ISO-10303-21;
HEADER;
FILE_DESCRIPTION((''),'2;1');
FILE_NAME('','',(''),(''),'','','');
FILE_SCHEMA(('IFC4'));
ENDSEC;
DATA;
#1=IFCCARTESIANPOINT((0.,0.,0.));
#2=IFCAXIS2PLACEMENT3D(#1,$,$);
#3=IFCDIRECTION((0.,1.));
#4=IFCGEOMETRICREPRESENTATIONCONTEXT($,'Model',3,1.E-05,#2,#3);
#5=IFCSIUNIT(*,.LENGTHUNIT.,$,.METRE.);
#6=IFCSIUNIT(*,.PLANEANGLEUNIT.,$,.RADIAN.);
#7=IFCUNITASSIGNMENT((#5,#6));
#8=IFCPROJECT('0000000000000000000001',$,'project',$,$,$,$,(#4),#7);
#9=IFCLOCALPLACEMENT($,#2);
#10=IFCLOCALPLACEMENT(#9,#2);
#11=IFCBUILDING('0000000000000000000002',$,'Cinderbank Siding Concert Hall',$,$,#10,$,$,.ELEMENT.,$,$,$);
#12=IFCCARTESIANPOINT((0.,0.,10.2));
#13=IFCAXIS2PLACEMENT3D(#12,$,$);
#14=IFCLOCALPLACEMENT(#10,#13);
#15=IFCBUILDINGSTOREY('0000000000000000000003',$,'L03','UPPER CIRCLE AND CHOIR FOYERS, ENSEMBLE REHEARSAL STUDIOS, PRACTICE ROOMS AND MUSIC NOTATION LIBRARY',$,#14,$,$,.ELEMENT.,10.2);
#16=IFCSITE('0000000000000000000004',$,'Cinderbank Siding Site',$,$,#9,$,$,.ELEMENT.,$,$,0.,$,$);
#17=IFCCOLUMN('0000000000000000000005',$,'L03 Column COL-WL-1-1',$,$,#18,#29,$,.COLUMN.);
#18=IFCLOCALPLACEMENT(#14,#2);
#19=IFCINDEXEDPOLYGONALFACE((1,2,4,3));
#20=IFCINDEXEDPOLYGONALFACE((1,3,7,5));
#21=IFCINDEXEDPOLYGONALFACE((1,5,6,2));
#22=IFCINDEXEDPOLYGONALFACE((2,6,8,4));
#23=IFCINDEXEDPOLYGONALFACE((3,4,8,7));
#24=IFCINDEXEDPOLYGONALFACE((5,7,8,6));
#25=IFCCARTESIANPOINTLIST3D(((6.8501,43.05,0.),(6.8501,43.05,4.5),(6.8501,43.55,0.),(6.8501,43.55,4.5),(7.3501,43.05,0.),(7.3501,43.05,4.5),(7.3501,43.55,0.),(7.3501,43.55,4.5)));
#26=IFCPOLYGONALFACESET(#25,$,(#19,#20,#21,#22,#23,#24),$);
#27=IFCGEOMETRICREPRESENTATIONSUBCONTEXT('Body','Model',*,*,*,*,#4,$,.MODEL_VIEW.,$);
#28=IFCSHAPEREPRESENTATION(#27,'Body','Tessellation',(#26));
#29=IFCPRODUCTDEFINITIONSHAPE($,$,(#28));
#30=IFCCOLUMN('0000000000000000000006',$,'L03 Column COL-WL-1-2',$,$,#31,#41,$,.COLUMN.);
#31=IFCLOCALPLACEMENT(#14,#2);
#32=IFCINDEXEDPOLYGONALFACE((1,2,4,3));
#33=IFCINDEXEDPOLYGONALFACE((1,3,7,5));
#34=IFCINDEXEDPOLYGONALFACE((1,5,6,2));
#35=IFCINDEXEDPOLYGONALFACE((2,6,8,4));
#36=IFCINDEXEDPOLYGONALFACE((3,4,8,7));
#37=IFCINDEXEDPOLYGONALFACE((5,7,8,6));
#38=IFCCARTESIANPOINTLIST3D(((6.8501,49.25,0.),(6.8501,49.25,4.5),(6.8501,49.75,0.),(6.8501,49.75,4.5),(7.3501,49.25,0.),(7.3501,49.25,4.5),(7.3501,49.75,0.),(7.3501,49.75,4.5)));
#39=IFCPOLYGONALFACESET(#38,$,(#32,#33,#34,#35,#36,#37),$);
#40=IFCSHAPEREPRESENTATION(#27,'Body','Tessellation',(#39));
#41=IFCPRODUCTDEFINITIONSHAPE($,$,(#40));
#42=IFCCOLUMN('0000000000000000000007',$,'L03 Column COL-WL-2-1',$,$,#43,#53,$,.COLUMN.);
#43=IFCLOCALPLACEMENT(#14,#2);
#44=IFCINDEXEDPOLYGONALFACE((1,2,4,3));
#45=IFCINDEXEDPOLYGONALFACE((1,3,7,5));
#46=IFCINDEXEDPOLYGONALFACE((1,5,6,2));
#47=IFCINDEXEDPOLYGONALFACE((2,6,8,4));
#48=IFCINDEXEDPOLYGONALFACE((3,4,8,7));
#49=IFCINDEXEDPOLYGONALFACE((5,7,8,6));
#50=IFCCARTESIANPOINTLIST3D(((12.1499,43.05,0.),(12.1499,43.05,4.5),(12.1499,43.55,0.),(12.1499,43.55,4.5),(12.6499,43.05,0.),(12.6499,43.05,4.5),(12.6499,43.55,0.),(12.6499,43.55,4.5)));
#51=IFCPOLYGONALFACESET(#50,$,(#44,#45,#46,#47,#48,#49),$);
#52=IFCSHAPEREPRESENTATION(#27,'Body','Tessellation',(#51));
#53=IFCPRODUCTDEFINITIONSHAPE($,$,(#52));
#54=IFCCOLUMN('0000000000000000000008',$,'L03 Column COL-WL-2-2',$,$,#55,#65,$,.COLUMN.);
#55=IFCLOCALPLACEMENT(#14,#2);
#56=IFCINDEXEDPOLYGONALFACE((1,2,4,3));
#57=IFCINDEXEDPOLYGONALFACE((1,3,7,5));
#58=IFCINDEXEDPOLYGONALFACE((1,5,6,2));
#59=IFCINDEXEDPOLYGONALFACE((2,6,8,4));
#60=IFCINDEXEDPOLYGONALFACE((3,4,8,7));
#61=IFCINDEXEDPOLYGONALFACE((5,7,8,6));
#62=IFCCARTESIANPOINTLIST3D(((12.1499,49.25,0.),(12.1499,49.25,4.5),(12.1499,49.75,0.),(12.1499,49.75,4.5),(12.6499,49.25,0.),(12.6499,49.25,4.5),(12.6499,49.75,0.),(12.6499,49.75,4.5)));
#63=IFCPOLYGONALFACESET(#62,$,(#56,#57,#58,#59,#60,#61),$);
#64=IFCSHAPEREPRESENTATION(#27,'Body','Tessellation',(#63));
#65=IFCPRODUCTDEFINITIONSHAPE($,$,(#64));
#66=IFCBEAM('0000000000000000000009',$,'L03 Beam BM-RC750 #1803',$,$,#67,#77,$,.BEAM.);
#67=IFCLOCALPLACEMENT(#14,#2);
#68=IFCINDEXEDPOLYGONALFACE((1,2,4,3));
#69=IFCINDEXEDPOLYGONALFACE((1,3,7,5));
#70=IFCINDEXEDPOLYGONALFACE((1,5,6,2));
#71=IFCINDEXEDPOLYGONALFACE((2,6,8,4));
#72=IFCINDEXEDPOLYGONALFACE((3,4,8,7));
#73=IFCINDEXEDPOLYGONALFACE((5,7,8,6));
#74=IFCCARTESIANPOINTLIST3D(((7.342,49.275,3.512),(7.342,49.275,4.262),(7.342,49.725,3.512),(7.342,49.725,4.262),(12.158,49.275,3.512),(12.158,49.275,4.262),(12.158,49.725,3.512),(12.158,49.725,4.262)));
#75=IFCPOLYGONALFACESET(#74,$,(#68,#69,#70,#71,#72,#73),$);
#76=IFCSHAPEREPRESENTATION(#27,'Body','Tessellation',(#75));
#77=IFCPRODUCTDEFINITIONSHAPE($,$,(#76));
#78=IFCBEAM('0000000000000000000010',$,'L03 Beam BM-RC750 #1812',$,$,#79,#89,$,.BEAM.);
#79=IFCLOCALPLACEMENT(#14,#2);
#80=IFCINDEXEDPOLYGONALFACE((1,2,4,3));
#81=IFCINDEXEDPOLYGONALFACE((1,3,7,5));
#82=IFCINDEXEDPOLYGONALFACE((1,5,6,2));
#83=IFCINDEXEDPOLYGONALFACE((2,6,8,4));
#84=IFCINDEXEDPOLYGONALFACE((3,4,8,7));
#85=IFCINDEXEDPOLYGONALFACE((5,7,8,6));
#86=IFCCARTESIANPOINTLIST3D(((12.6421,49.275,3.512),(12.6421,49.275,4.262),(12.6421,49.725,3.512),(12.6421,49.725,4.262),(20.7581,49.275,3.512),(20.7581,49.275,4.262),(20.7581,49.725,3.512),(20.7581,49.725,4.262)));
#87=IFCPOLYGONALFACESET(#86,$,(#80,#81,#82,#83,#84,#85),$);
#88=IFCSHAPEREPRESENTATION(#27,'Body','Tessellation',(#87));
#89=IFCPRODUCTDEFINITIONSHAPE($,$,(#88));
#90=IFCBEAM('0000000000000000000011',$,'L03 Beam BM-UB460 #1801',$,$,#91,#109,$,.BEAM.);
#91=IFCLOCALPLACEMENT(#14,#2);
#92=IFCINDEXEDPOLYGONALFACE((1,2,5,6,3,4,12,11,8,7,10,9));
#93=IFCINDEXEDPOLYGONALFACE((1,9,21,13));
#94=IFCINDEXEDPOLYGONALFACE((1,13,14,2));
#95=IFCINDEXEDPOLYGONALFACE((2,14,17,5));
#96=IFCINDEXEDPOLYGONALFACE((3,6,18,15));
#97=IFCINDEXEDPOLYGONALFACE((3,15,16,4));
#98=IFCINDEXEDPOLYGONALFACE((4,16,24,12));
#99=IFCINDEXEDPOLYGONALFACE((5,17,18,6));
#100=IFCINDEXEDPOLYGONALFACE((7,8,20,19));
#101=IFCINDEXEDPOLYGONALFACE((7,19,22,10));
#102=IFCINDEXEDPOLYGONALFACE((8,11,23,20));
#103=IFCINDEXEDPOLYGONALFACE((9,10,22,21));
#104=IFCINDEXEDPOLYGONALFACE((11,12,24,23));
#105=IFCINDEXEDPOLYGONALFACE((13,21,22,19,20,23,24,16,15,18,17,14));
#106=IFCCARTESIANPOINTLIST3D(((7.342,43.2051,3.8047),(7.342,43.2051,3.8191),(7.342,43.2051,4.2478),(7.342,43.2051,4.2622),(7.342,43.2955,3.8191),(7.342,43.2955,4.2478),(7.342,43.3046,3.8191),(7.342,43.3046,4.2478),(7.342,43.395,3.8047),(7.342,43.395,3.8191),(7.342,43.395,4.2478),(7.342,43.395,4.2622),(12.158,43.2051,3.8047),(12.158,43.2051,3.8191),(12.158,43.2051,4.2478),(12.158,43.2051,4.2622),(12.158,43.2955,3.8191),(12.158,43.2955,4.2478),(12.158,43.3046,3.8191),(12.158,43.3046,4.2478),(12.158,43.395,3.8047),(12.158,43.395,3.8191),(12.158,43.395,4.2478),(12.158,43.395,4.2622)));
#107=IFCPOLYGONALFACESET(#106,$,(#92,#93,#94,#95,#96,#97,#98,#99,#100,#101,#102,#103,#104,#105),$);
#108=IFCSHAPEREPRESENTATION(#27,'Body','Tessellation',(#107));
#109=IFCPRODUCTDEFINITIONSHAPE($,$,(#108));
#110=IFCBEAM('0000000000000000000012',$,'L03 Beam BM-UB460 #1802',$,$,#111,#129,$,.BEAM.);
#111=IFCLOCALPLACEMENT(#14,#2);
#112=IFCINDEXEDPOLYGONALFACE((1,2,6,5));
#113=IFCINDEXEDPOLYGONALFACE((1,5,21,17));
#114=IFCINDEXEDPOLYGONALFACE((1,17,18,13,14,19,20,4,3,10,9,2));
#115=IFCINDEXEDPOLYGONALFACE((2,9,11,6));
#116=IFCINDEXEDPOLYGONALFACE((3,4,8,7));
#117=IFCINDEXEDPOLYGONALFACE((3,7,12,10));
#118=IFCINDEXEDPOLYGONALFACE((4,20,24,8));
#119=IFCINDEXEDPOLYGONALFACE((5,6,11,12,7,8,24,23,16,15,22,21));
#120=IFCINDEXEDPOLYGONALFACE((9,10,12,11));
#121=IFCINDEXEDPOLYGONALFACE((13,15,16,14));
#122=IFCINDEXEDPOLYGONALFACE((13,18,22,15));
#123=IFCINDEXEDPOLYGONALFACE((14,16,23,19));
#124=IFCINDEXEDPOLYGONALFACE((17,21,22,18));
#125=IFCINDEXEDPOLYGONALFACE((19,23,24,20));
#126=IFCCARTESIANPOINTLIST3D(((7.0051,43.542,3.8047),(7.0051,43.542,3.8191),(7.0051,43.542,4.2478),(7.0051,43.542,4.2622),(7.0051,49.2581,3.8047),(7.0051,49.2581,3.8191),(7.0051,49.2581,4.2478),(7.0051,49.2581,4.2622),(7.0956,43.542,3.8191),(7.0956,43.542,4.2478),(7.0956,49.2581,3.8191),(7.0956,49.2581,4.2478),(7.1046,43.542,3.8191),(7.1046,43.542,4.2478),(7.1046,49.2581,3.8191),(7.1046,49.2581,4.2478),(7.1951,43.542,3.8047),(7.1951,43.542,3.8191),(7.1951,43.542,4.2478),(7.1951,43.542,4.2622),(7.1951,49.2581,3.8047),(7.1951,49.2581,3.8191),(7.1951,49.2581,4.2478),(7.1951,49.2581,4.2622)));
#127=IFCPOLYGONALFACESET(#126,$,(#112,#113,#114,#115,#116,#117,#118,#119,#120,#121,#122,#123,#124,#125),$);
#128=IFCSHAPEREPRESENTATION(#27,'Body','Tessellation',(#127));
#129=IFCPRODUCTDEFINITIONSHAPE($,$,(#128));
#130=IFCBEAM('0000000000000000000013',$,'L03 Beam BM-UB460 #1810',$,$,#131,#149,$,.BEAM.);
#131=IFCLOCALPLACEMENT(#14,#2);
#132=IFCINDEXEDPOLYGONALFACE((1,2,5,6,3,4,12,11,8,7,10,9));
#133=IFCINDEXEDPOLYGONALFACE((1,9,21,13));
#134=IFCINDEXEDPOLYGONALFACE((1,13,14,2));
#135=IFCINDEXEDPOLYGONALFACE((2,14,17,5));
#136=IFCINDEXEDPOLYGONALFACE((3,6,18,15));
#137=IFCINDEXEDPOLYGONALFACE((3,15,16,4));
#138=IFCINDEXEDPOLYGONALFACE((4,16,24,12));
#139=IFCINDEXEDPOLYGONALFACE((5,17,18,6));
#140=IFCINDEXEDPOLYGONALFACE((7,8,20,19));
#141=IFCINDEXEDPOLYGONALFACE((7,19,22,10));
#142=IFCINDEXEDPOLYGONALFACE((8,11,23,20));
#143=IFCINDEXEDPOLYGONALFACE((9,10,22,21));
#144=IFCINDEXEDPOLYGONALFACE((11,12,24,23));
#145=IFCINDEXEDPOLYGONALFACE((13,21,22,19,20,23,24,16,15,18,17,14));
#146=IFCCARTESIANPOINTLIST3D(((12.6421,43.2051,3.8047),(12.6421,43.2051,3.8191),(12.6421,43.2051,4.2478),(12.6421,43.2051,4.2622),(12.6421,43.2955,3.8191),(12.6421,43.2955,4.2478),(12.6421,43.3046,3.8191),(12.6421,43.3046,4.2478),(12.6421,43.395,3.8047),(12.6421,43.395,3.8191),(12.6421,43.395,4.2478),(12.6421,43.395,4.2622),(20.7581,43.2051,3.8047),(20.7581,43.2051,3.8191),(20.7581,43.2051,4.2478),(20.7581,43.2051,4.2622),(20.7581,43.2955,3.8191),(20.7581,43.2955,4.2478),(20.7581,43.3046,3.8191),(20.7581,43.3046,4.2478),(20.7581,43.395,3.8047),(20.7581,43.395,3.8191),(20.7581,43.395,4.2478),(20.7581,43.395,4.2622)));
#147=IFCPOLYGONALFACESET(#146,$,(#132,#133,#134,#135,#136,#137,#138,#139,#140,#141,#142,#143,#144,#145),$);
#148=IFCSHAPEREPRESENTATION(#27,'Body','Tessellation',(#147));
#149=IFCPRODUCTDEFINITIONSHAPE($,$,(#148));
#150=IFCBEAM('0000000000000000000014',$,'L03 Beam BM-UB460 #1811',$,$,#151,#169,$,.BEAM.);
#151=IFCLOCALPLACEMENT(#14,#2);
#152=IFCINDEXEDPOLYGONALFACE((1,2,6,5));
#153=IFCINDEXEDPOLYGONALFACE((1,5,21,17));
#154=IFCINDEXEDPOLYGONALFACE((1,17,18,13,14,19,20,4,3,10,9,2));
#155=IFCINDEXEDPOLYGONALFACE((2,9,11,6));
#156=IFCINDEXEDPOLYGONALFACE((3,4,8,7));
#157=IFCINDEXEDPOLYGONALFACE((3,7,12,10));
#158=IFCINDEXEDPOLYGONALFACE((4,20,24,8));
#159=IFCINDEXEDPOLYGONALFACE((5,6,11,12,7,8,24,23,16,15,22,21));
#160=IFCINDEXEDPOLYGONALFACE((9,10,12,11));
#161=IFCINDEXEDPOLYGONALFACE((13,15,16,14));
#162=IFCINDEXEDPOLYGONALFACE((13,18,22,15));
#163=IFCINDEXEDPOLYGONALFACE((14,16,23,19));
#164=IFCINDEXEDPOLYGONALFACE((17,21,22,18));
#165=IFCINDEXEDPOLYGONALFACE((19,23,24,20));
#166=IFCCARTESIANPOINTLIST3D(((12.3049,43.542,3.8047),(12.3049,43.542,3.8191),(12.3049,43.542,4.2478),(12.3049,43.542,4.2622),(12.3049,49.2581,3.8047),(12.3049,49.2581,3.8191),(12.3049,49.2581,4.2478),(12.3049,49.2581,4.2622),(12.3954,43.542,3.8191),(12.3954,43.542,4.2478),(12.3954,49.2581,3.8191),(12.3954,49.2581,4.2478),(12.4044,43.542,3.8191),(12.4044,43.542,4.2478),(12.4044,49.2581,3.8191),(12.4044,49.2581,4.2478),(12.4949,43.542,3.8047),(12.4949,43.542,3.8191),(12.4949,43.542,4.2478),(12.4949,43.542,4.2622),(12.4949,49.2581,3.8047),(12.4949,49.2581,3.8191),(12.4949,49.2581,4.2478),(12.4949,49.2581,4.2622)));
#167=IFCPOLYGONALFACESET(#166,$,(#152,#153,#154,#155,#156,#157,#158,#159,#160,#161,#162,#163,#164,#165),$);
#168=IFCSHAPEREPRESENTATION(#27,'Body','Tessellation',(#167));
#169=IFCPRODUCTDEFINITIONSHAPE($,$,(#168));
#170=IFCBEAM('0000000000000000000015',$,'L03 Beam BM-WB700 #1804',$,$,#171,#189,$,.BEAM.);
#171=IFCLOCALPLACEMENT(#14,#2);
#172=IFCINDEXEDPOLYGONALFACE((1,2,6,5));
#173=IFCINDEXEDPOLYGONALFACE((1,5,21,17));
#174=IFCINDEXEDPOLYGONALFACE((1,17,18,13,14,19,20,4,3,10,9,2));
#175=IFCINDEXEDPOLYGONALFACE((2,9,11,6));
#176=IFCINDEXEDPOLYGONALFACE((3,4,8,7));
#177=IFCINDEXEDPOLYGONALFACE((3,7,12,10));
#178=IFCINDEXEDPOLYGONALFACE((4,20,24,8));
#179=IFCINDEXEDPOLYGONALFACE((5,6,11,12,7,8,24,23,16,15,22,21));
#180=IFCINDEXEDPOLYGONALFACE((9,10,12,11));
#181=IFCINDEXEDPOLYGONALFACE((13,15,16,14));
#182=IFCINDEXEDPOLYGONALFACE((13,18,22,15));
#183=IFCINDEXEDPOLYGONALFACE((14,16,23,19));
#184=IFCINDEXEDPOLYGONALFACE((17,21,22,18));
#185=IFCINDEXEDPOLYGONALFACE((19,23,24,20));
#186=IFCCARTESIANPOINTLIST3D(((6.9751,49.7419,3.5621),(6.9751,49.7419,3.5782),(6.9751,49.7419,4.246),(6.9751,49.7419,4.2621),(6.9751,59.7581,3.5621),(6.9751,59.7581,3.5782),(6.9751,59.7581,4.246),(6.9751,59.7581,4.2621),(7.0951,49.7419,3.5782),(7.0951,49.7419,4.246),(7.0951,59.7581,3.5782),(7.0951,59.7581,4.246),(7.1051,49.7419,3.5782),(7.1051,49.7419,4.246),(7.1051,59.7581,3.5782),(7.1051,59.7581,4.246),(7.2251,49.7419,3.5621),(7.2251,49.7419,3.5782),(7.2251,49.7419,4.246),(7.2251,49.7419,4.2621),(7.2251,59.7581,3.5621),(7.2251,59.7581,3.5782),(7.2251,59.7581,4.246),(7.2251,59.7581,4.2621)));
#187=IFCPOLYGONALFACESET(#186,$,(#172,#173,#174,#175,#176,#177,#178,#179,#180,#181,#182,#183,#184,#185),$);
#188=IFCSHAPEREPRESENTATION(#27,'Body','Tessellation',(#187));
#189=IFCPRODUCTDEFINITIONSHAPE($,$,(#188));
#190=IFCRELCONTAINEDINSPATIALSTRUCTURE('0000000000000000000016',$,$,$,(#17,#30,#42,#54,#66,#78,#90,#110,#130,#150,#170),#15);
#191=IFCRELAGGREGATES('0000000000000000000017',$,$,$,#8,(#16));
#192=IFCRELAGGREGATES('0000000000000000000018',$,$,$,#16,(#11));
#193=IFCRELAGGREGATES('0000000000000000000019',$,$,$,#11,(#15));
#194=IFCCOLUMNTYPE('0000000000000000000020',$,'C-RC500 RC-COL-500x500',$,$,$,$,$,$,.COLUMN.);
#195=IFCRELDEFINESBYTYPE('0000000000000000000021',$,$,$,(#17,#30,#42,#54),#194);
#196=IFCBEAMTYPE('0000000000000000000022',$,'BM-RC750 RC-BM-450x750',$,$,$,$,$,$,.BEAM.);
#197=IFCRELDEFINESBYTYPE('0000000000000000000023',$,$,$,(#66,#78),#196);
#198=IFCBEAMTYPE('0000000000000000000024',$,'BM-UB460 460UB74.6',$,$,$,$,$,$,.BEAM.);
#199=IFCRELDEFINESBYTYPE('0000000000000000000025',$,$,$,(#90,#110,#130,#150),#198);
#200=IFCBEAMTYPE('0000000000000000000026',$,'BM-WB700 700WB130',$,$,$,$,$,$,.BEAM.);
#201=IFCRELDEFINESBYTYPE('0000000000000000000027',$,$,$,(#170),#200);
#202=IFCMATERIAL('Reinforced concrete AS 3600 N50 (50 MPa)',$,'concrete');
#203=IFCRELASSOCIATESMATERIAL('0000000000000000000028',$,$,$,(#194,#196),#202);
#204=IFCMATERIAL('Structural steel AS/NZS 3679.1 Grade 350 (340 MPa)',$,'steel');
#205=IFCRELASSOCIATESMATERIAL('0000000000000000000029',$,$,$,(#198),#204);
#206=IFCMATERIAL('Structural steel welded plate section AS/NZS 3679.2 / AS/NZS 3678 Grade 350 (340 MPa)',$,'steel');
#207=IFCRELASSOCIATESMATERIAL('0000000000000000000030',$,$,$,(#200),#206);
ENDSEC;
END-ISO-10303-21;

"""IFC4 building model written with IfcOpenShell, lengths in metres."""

from ifc_helpers import new_model, si_unit, direction, frame, origin, origin_2d, place, context, subcontext, project, spatial, rectangle, i_section, extrude, material, material_profile, profile_set, type_object, element, save


model = new_model("IFC4")

# Units and contexts
model_context = context("Model", 3, precision=1e-05, world=origin(), true_north=direction((0.0, 1.0)))
body_context = subcontext(model_context, "Body", "Model", "MODEL_VIEW")
ifc_project = project(units=[si_unit("LENGTHUNIT", "METRE"), si_unit("PLANEANGLEUNIT", "RADIAN")], contexts=[model_context])

# Site, building, storey
site_placement = place(None, origin())
site = spatial("IfcSite", under=ifc_project, at=site_placement, Name="Cinderbank Siding Site", CompositionType="ELEMENT", RefElevation=0.0)
building_placement = place(site_placement, origin())
building = spatial("IfcBuilding", under=site, at=building_placement, Name="Cinderbank Siding Concert Hall", CompositionType="ELEMENT")
storey_placement = place(building_placement, frame((0.0, 0.0, 10.2)))
storey = spatial("IfcBuildingStorey", under=building, at=storey_placement, Name="L03", Description="UPPER CIRCLE AND CHOIR FOYERS, ENSEMBLE REHEARSAL STUDIOS, PRACTICE ROOMS AND MUSIC NOTATION LIBRARY", CompositionType="ELEMENT", Elevation=10.2)

# Columns
ifc_material_1 = material(Name="Reinforced concrete AS 3600 N50 (50 MPa)", Category="concrete")
ifc_material_profile_1 = material_profile(ifc_material_1, rectangle(XDim=0.5, YDim=0.5, at=origin_2d()), Name="RC-COL-500x500", Category="LoadBearing")
ifc_profile_set_1 = profile_set([ifc_material_profile_1], Name="Reinforced concrete AS 3600 N50 (50 MPa)")
column_type = type_object("IfcColumnType", Name="C-RC500 RC-COL-500x500", PredefinedType="COLUMN", material=ifc_profile_set_1)
for number, where, z_axis, x_axis, name in (
    (1, (7.1001, 43.3, 0.0), (0.0, 0.0, 1.0), (1.0, 0.0, 0.0), "L03 Column COL-WL-1-1"),
    (2, (7.1001, 49.5, 0.0), (0.0, 0.0, 1.0), (1.0, 0.0, 0.0), "L03 Column COL-WL-1-2"),
    (3, (12.3999, 43.3, 0.0), (0.0, 0.0, 1.0), (1.0, 0.0, 0.0), "L03 Column COL-WL-2-1"),
    (4, (12.3999, 49.5, 0.0), (0.0, 0.0, 1.0), (1.0, 0.0, 0.0), "L03 Column COL-WL-2-2"),
):
    element("IfcColumn", number, at=place(storey_placement, frame(where, z_axis=z_axis, x_axis=x_axis)), inside=storey, type_object=column_type, Name=name, PredefinedType="COLUMN", context=body_context, shape_type="SweptSolid", body=[
        extrude(rectangle(XDim=0.5, YDim=0.5, at=origin_2d()), origin(), (0.0, 0.0, 1.0), 4.5),
    ])

# Beams
ifc_material_profile_2 = material_profile(ifc_material_1, rectangle(XDim=0.45, YDim=0.75, at=origin_2d()), Name="RC-BM-450x750", Category="LoadBearing")
ifc_profile_set_2 = profile_set([ifc_material_profile_2], Name="Reinforced concrete AS 3600 N50 (50 MPa)")
beam_type_1 = type_object("IfcBeamType", Name="BM-RC750 RC-BM-450x750", PredefinedType="BEAM", material=ifc_profile_set_2)
beam_1_placement = place(storey_placement, frame((7.342, 49.5, 3.887), z_axis=(1.0, 0.0, 0.0), x_axis=(0.0, 1.0, 0.0)))
element("IfcBeam", 5, at=beam_1_placement, inside=storey, type_object=beam_type_1, Name="L03 Beam BM-RC750 #1803", PredefinedType="BEAM", context=body_context, shape_type="SweptSolid", body=[
    extrude(rectangle(XDim=0.45, YDim=0.75, at=origin_2d()), origin(), (0.0, 0.0, 1.0), 4.8159),
])
beam_2_placement = place(storey_placement, frame((12.6421, 49.5, 3.887), z_axis=(1.0, 0.0, 0.0), x_axis=(0.0, 1.0, 0.0)))
element("IfcBeam", 6, at=beam_2_placement, inside=storey, type_object=beam_type_1, Name="L03 Beam BM-RC750 #1812", PredefinedType="BEAM", context=body_context, shape_type="SweptSolid", body=[
    extrude(rectangle(XDim=0.45, YDim=0.75, at=origin_2d()), origin(), (0.0, 0.0, 1.0), 8.116),
])
ifc_material_2 = material(Name="Structural steel AS/NZS 3679.1 Grade 350 (340 MPa)", Category="steel")
ifc_material_profile_3 = material_profile(ifc_material_2, i_section(OverallWidth=0.1899, OverallDepth=0.4575, WebThickness=0.009, FlangeThickness=0.0144, at=origin_2d()), Name="460UB74.6", Category="LoadBearing")
ifc_profile_set_3 = profile_set([ifc_material_profile_3], Name="Structural steel AS/NZS 3679.1 Grade 350 (340 MPa)")
beam_type_2 = type_object("IfcBeamType", Name="BM-UB460 460UB74.6", PredefinedType="BEAM", material=ifc_profile_set_3)
beam_3_placement = place(storey_placement, frame((7.342, 43.3, 4.0334), z_axis=(1.0, 0.0, 0.0), x_axis=(0.0, 1.0, 0.0)))
element("IfcBeam", 7, at=beam_3_placement, inside=storey, type_object=beam_type_2, Name="L03 Beam BM-UB460 #1801", PredefinedType="BEAM", context=body_context, shape_type="SweptSolid", body=[
    extrude(i_section(OverallWidth=0.1899, OverallDepth=0.4575, WebThickness=0.009, FlangeThickness=0.0144, at=origin_2d()), origin(), (0.0, 0.0, 1.0), 4.8159),
])
beam_4_placement = place(storey_placement, frame((7.1001, 43.542, 4.0334), z_axis=(0.0, 1.0, 0.0), x_axis=(-1.0, 0.0, 0.0)))
element("IfcBeam", 8, at=beam_4_placement, inside=storey, type_object=beam_type_2, Name="L03 Beam BM-UB460 #1802", PredefinedType="BEAM", context=body_context, shape_type="SweptSolid", body=[
    extrude(i_section(OverallWidth=0.1899, OverallDepth=0.4575, WebThickness=0.009, FlangeThickness=0.0144, at=origin_2d()), origin(), (0.0, 0.0, 1.0), 5.7161),
])
beam_5_placement = place(storey_placement, frame((12.6421, 43.3, 4.0334), z_axis=(1.0, 0.0, 0.0), x_axis=(0.0, 1.0, 0.0)))
element("IfcBeam", 9, at=beam_5_placement, inside=storey, type_object=beam_type_2, Name="L03 Beam BM-UB460 #1810", PredefinedType="BEAM", context=body_context, shape_type="SweptSolid", body=[
    extrude(i_section(OverallWidth=0.1899, OverallDepth=0.4575, WebThickness=0.009, FlangeThickness=0.0144, at=origin_2d()), origin(), (0.0, 0.0, 1.0), 8.116),
])
beam_6_placement = place(storey_placement, frame((12.3999, 43.542, 4.0334), z_axis=(0.0, 1.0, 0.0), x_axis=(-1.0, 0.0, 0.0)))
element("IfcBeam", 10, at=beam_6_placement, inside=storey, type_object=beam_type_2, Name="L03 Beam BM-UB460 #1811", PredefinedType="BEAM", context=body_context, shape_type="SweptSolid", body=[
    extrude(i_section(OverallWidth=0.1899, OverallDepth=0.4575, WebThickness=0.009, FlangeThickness=0.0144, at=origin_2d()), origin(), (0.0, 0.0, 1.0), 5.7161),
])
ifc_material_3 = material(Name="Structural steel welded plate section AS/NZS 3679.2 / AS/NZS 3678 Grade 350 (340 MPa)", Category="steel")
ifc_material_profile_4 = material_profile(ifc_material_3, i_section(OverallWidth=0.25, OverallDepth=0.7, WebThickness=0.01, FlangeThickness=0.0161, at=origin_2d()), Name="700WB130", Category="LoadBearing")
ifc_profile_set_4 = profile_set([ifc_material_profile_4], Name="Structural steel welded plate section AS/NZS 3679.2 / AS/NZS 3678 Grade 350 (340 MPa)")
beam_type_3 = type_object("IfcBeamType", Name="BM-WB700 700WB130", PredefinedType="BEAM", material=ifc_profile_set_4)
for number, where, z_axis, x_axis, name in (
    (11, (7.1001, 49.7419, 3.9121), (0.0, 1.0, 0.0), (-1.0, 0.0, 0.0), "L03 Beam BM-WB700 #1804"),
):
    element("IfcBeam", number, at=place(storey_placement, frame(where, z_axis=z_axis, x_axis=x_axis)), inside=storey, type_object=beam_type_3, Name=name, PredefinedType="BEAM", context=body_context, shape_type="SweptSolid", body=[
        extrude(i_section(OverallWidth=0.25, OverallDepth=0.7, WebThickness=0.01, FlangeThickness=0.0161, at=origin_2d()), origin(), (0.0, 0.0, 1.0), 10.0161),
    ])

save(model, "model.ifc")
